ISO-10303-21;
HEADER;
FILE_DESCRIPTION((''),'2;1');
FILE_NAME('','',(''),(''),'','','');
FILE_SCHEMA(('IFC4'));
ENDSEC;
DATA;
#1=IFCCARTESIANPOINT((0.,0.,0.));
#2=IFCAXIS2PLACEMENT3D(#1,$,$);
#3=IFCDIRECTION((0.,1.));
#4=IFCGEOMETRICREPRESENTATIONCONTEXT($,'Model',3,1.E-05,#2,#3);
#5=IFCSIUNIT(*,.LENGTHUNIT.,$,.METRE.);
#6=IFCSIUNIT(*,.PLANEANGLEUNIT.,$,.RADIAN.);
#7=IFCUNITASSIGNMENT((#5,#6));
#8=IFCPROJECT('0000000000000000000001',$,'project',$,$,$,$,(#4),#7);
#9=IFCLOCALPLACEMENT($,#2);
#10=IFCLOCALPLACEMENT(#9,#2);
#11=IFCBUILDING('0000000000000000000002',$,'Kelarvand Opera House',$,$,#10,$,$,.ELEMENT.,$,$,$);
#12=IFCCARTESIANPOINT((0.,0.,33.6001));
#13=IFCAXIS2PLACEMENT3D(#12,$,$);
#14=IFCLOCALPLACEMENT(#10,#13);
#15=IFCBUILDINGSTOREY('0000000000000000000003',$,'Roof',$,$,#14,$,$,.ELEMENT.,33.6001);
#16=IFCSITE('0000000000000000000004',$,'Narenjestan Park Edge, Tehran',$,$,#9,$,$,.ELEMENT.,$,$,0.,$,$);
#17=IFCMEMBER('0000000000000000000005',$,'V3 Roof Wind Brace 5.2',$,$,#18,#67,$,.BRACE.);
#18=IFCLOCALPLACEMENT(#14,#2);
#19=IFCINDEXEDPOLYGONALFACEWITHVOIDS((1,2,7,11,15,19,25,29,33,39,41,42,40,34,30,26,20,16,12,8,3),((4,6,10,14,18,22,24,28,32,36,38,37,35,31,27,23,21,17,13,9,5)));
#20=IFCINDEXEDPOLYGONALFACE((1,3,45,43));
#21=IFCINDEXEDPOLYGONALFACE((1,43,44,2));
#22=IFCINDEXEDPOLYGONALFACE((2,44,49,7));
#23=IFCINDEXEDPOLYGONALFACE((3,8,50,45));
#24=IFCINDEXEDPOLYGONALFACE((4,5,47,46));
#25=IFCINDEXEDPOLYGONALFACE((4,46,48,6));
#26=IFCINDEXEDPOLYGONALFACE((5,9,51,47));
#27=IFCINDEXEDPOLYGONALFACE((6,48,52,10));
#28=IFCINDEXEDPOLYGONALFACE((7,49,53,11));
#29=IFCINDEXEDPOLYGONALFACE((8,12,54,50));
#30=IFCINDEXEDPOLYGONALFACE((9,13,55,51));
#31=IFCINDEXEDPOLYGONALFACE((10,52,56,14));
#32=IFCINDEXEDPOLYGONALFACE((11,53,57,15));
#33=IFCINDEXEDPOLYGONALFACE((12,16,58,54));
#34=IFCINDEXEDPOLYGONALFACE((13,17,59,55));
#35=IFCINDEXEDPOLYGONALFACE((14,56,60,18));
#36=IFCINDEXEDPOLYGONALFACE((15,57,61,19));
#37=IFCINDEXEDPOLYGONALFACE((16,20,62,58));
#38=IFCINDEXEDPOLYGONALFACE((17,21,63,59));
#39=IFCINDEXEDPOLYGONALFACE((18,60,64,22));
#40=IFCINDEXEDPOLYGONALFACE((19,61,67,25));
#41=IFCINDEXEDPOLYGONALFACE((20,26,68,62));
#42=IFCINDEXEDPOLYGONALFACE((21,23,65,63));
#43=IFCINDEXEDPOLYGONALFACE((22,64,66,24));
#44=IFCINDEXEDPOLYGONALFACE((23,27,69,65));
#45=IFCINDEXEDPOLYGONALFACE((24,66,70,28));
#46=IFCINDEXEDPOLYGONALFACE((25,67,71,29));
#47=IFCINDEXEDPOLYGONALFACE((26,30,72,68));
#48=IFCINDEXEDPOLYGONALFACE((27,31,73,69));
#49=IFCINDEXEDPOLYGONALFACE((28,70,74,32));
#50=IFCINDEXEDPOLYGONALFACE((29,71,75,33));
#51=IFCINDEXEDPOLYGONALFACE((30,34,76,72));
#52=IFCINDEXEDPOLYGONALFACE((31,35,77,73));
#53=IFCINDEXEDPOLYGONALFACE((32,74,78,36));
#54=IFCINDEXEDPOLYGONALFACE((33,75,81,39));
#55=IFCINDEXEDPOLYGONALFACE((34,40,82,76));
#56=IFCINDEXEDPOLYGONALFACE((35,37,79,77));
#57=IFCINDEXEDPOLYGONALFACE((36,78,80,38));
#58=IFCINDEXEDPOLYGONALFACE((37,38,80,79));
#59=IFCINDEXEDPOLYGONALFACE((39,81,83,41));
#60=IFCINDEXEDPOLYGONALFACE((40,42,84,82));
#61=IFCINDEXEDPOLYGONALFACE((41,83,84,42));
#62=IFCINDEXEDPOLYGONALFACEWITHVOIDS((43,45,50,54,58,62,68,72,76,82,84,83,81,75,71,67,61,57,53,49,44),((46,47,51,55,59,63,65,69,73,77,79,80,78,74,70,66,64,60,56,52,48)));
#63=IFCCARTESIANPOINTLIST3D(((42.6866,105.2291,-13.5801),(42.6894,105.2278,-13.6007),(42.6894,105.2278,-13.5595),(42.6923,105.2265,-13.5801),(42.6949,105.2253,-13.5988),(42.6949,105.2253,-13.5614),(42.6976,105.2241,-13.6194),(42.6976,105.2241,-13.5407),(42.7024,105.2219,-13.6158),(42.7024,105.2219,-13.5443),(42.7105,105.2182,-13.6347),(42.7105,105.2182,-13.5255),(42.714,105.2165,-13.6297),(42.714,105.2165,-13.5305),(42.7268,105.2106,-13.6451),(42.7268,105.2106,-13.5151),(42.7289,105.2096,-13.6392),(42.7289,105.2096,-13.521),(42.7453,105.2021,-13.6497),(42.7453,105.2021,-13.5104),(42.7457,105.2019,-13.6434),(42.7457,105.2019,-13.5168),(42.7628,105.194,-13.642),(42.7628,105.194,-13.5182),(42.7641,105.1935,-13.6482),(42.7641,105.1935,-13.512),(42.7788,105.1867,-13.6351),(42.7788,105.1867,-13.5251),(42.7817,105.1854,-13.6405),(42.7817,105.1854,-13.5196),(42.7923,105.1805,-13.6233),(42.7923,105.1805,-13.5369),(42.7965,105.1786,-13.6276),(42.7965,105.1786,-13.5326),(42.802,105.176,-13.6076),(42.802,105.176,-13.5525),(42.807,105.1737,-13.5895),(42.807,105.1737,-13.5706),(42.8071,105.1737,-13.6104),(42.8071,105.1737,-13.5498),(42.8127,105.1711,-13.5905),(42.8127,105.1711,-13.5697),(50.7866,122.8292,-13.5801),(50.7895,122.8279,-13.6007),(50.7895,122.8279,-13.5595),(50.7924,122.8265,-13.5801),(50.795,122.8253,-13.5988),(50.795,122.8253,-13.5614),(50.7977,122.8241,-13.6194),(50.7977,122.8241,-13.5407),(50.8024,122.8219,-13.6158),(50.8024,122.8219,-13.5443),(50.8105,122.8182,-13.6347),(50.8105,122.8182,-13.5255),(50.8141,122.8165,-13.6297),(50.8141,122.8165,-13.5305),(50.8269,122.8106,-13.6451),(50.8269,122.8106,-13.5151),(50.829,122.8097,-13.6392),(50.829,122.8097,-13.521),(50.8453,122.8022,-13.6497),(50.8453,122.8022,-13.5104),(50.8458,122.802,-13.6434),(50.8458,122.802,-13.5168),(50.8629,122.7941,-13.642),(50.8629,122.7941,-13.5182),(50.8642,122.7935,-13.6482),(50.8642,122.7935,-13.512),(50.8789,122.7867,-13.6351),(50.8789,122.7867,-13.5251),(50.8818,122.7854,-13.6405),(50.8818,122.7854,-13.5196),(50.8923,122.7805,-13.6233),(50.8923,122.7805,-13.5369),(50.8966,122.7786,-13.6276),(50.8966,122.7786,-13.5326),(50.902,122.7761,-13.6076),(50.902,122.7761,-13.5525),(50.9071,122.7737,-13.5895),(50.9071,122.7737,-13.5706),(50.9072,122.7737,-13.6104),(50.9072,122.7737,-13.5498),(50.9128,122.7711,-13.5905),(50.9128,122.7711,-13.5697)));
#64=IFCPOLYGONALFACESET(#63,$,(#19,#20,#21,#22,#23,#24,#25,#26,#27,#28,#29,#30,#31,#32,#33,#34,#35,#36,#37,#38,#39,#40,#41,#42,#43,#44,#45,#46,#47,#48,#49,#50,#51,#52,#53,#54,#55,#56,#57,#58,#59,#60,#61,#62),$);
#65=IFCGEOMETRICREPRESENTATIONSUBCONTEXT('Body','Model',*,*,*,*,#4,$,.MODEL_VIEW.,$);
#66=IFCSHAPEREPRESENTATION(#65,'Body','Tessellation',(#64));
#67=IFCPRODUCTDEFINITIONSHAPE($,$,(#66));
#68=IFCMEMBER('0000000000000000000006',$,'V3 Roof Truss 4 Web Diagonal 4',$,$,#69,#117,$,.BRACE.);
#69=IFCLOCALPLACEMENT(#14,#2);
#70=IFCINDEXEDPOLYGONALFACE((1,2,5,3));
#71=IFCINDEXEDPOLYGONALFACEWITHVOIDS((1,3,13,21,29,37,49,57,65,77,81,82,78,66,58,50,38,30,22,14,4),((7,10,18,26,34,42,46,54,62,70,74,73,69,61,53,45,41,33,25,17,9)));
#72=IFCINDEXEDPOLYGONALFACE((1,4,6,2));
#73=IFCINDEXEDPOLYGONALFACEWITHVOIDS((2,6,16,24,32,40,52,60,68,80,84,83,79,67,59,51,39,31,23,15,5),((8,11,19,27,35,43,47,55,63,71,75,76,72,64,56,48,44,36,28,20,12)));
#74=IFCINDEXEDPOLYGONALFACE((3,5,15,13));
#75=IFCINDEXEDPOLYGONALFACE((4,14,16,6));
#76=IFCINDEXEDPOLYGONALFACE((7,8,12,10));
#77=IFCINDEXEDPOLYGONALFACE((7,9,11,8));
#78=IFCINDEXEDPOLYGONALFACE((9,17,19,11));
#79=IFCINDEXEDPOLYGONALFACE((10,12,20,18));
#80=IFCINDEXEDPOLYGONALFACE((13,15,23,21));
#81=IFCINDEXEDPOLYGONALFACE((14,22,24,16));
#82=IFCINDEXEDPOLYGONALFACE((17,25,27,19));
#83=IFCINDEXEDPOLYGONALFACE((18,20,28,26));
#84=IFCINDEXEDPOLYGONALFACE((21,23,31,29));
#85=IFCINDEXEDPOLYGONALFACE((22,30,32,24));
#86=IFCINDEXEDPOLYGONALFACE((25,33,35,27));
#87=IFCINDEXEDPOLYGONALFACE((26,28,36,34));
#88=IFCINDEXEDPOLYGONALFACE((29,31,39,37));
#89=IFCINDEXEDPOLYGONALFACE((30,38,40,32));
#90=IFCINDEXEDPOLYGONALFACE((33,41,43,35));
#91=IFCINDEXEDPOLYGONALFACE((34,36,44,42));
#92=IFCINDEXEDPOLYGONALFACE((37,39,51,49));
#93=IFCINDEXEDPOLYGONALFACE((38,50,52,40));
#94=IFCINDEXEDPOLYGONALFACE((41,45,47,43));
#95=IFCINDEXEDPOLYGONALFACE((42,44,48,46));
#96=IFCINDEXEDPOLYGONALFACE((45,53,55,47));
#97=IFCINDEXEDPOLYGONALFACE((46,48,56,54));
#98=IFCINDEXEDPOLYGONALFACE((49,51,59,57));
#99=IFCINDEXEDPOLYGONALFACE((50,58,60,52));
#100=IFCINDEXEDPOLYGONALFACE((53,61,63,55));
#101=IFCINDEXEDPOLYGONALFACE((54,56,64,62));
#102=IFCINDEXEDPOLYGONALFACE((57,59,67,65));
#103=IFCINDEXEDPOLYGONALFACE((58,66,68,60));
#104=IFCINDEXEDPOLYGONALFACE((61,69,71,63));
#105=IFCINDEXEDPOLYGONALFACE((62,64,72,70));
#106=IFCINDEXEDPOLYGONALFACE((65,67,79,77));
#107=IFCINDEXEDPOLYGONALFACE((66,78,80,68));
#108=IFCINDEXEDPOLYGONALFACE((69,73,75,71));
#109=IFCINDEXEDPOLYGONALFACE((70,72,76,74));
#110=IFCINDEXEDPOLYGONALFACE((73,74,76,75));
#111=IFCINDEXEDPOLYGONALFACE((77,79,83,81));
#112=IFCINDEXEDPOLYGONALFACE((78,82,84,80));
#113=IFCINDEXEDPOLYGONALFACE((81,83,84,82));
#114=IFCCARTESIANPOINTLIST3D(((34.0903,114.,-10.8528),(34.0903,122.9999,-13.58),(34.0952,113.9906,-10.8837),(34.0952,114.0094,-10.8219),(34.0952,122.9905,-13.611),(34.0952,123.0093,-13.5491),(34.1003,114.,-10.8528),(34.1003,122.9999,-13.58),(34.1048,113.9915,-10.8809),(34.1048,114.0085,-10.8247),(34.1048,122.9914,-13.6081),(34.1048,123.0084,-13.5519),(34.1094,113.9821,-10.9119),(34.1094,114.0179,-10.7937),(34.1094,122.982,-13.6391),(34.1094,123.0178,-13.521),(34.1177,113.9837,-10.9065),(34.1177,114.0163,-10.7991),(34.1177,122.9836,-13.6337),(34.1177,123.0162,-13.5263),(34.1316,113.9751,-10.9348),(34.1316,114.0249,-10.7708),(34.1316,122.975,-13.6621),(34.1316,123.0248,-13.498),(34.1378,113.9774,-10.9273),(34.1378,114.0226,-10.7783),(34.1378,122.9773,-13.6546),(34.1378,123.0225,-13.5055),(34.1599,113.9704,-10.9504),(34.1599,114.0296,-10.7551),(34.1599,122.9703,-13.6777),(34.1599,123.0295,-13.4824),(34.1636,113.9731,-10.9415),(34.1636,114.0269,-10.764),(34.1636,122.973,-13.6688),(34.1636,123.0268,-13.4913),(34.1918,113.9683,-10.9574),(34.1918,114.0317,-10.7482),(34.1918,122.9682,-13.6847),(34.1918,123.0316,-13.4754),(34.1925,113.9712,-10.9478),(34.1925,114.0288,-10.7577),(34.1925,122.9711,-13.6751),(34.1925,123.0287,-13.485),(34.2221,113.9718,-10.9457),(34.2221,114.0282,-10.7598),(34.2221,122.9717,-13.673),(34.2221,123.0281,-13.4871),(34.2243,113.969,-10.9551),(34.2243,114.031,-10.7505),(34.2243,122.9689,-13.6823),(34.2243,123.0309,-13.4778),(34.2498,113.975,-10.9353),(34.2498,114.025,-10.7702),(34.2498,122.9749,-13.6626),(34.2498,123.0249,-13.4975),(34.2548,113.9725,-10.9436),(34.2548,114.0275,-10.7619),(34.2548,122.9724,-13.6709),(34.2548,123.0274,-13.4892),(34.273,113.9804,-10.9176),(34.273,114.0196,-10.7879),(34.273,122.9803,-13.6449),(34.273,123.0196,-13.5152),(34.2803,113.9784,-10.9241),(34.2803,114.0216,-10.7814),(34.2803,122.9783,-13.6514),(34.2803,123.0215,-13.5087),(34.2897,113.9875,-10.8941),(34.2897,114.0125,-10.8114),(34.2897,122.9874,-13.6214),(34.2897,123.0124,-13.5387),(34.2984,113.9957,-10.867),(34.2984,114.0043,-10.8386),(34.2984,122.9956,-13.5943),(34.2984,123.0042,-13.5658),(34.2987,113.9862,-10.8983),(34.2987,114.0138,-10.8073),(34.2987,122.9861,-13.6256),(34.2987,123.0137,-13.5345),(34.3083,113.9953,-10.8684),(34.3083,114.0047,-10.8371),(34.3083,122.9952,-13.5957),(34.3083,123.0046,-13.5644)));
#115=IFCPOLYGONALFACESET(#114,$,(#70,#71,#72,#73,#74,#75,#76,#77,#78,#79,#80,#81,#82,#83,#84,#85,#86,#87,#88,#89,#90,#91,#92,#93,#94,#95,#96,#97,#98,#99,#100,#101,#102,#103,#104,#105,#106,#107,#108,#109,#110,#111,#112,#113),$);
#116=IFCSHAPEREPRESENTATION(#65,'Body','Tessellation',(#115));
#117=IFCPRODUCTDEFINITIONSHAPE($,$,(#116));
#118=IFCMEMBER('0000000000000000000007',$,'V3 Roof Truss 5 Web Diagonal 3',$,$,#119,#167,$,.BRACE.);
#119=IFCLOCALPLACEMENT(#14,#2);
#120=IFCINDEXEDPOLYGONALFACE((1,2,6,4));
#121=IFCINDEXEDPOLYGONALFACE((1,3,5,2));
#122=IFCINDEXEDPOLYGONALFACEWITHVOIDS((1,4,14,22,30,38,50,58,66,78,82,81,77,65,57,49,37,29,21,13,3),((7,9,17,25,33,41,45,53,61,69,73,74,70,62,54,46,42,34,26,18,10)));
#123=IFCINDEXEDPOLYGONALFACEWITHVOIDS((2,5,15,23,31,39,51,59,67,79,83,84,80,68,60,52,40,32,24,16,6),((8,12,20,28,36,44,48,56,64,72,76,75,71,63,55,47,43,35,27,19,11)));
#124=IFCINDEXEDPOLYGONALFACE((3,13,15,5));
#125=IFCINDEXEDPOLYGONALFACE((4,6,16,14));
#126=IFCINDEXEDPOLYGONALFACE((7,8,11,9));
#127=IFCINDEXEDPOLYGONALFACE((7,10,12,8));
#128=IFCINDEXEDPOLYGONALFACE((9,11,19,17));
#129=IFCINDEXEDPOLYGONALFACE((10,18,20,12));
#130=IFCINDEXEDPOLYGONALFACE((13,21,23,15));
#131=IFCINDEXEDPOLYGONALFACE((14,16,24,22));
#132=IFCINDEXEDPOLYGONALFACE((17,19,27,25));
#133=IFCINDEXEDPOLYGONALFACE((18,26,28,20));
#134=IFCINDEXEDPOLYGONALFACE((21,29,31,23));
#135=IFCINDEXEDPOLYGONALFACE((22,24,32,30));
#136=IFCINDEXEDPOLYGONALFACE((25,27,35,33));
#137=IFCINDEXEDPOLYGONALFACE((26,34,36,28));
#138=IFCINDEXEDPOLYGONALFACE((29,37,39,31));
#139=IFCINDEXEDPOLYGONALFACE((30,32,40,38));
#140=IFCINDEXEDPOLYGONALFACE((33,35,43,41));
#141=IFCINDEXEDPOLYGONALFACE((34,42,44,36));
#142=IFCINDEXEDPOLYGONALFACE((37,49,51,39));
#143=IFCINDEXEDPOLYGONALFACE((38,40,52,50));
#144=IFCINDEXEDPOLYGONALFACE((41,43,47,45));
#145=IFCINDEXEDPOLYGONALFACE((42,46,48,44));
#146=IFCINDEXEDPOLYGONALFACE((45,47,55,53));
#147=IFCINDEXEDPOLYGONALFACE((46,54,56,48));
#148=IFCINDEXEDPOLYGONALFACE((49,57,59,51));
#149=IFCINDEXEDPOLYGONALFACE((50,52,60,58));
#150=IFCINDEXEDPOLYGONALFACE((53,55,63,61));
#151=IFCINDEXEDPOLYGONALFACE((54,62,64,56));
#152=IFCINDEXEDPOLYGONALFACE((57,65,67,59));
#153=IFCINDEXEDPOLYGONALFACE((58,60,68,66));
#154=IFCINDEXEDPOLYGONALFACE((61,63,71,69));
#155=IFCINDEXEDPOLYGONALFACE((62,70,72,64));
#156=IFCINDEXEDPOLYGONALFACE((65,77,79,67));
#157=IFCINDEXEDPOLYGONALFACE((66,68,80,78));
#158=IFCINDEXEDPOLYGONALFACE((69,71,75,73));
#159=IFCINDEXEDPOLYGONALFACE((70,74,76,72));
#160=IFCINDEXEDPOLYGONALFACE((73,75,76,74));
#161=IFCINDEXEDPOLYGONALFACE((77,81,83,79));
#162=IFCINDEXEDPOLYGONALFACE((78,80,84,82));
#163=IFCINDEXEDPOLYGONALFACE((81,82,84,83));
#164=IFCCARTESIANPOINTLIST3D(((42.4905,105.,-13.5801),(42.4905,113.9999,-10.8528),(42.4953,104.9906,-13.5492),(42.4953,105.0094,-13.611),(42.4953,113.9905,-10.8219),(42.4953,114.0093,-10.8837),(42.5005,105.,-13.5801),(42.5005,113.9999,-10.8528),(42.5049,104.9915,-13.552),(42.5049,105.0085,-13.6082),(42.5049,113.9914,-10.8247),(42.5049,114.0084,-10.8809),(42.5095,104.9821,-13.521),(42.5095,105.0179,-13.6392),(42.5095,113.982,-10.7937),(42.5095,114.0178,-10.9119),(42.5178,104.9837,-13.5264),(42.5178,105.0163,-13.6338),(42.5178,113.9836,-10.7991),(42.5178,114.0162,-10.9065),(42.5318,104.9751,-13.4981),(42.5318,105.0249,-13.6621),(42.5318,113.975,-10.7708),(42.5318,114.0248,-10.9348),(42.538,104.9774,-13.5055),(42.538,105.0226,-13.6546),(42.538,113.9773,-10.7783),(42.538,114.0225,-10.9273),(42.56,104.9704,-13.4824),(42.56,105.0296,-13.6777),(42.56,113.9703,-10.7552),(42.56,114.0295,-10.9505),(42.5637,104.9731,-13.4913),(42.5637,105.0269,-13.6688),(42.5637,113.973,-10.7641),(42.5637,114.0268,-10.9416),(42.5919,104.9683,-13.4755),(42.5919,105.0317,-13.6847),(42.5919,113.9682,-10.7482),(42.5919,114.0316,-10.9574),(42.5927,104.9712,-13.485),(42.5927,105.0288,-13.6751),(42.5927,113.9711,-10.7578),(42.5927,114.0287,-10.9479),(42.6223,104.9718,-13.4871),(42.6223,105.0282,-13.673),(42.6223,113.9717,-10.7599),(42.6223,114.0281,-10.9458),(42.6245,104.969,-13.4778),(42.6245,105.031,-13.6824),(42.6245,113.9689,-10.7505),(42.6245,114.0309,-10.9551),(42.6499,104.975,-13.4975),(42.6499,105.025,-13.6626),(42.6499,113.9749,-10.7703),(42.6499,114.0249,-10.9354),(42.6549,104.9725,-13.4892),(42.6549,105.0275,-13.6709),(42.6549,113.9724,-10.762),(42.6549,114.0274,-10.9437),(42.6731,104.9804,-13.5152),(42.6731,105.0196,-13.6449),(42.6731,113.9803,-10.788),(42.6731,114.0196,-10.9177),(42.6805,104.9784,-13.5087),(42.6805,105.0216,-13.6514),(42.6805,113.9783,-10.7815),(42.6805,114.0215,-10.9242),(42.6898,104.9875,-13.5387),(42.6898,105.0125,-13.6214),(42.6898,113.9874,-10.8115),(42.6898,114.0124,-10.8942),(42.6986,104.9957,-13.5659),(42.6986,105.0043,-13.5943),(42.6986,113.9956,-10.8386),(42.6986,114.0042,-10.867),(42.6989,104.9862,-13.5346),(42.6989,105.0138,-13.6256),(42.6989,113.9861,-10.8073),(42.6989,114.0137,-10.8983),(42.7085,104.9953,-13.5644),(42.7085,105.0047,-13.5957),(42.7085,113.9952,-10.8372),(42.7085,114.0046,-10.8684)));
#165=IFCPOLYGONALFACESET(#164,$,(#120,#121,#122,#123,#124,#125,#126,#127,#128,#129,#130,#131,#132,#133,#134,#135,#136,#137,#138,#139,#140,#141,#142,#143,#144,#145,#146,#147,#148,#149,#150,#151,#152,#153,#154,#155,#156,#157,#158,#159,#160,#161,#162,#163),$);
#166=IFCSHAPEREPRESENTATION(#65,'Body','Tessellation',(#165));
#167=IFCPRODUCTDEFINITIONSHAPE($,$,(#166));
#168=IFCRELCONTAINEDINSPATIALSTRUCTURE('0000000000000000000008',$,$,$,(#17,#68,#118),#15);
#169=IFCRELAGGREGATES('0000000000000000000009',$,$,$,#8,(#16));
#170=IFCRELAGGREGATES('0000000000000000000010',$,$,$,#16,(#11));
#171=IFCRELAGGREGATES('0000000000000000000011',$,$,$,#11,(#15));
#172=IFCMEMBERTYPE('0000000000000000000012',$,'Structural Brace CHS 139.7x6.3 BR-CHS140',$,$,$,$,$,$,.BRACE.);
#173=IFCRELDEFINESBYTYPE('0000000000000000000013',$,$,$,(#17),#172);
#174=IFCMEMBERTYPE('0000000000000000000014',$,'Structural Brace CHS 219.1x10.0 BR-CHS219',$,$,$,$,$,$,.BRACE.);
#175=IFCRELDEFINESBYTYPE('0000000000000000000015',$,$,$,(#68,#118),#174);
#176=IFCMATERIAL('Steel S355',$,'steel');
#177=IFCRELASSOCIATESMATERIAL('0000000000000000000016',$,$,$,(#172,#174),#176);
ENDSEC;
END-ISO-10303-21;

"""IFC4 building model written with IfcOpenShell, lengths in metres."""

from ifc_helpers import new_model, si_unit, direction, frame, origin, origin_2d, place, context, subcontext, project, spatial, hollow_circle, extrude, material, material_profile, profile_set, type_object, element, save


model = new_model("IFC4")

# Units and contexts
model_context = context("Model", 3, precision=1e-05, world=origin(), true_north=direction((0.0, 1.0)))
body_context = subcontext(model_context, "Body", "Model", "MODEL_VIEW")
ifc_project = project(units=[si_unit("LENGTHUNIT", "METRE"), si_unit("PLANEANGLEUNIT", "RADIAN")], contexts=[model_context])

# Site, building, storey
site_placement = place(None, origin())
site = spatial("IfcSite", under=ifc_project, at=site_placement, Name="Narenjestan Park Edge, Tehran", CompositionType="ELEMENT", RefElevation=0.0)
building_placement = place(site_placement, origin())
building = spatial("IfcBuilding", under=site, at=building_placement, Name="Kelarvand Opera House", CompositionType="ELEMENT")
storey_placement = place(building_placement, frame((0.0, 0.0, 33.6001)))
storey = spatial("IfcBuildingStorey", under=building, at=storey_placement, Name="Roof", CompositionType="ELEMENT", Elevation=33.6001)

# Members
ifc_material = material(Name="Steel S355", Category="steel")
ifc_material_profile_1 = material_profile(ifc_material, hollow_circle(Radius=0.0698, WallThickness=0.0063, at=origin_2d()), Name="CHS 139.7x6.3", Category="steel")
ifc_profile_set_1 = profile_set([ifc_material_profile_1], Name="Steel S355")
member_type_1 = type_object("IfcMemberType", Name="Structural Brace CHS 139.7x6.3 BR-CHS140", PredefinedType="BRACE", material=ifc_profile_set_1)
member_1_placement = place(storey_placement, frame((42.75, 105.2, -13.5801), z_axis=(0.418078, 0.908411, 0.0), x_axis=(-0.908411, 0.418078, 0.0)))
element("IfcMember", 1, at=member_1_placement, inside=storey, type_object=member_type_1, Name="V3 Roof Wind Brace 5.2", PredefinedType="BRACE", context=body_context, shape_type="SweptSolid", body=[
    extrude(hollow_circle(Radius=0.0698, WallThickness=0.0063, at=origin_2d()), origin(), (0.0, 0.0, 1.0), 19.3745),
])
ifc_material_profile_2 = material_profile(ifc_material, hollow_circle(Radius=0.1096, WallThickness=0.01, at=origin_2d()), Name="CHS 219.1x10.0", Category="steel")
ifc_profile_set_2 = profile_set([ifc_material_profile_2], Name="Steel S355")
member_type_2 = type_object("IfcMemberType", Name="Structural Brace CHS 219.1x10.0 BR-CHS219", PredefinedType="BRACE", material=ifc_profile_set_2)
for number, where, z_axis, x_axis, name in (
    (2, (34.2, 114.0, -10.8528), (0.0, 0.957024, -0.29001), (-1.0, 0.0, 0.0), "V3 Roof Truss 4 Web Diagonal 4"),
    (3, (42.6001, 105.0, -13.5801), (0.0, 0.957024, 0.29001), (-1.0, 0.0, 0.0), "V3 Roof Truss 5 Web Diagonal 3"),
):
    element("IfcMember", number, at=place(storey_placement, frame(where, z_axis=z_axis, x_axis=x_axis)), inside=storey, type_object=member_type_2, Name=name, PredefinedType="BRACE", context=body_context, shape_type="SweptSolid", body=[
        extrude(hollow_circle(Radius=0.1096, WallThickness=0.01, at=origin_2d()), origin(), (0.0, 0.0, 1.0), 9.4041),
    ])

save(model, "model.ifc")
